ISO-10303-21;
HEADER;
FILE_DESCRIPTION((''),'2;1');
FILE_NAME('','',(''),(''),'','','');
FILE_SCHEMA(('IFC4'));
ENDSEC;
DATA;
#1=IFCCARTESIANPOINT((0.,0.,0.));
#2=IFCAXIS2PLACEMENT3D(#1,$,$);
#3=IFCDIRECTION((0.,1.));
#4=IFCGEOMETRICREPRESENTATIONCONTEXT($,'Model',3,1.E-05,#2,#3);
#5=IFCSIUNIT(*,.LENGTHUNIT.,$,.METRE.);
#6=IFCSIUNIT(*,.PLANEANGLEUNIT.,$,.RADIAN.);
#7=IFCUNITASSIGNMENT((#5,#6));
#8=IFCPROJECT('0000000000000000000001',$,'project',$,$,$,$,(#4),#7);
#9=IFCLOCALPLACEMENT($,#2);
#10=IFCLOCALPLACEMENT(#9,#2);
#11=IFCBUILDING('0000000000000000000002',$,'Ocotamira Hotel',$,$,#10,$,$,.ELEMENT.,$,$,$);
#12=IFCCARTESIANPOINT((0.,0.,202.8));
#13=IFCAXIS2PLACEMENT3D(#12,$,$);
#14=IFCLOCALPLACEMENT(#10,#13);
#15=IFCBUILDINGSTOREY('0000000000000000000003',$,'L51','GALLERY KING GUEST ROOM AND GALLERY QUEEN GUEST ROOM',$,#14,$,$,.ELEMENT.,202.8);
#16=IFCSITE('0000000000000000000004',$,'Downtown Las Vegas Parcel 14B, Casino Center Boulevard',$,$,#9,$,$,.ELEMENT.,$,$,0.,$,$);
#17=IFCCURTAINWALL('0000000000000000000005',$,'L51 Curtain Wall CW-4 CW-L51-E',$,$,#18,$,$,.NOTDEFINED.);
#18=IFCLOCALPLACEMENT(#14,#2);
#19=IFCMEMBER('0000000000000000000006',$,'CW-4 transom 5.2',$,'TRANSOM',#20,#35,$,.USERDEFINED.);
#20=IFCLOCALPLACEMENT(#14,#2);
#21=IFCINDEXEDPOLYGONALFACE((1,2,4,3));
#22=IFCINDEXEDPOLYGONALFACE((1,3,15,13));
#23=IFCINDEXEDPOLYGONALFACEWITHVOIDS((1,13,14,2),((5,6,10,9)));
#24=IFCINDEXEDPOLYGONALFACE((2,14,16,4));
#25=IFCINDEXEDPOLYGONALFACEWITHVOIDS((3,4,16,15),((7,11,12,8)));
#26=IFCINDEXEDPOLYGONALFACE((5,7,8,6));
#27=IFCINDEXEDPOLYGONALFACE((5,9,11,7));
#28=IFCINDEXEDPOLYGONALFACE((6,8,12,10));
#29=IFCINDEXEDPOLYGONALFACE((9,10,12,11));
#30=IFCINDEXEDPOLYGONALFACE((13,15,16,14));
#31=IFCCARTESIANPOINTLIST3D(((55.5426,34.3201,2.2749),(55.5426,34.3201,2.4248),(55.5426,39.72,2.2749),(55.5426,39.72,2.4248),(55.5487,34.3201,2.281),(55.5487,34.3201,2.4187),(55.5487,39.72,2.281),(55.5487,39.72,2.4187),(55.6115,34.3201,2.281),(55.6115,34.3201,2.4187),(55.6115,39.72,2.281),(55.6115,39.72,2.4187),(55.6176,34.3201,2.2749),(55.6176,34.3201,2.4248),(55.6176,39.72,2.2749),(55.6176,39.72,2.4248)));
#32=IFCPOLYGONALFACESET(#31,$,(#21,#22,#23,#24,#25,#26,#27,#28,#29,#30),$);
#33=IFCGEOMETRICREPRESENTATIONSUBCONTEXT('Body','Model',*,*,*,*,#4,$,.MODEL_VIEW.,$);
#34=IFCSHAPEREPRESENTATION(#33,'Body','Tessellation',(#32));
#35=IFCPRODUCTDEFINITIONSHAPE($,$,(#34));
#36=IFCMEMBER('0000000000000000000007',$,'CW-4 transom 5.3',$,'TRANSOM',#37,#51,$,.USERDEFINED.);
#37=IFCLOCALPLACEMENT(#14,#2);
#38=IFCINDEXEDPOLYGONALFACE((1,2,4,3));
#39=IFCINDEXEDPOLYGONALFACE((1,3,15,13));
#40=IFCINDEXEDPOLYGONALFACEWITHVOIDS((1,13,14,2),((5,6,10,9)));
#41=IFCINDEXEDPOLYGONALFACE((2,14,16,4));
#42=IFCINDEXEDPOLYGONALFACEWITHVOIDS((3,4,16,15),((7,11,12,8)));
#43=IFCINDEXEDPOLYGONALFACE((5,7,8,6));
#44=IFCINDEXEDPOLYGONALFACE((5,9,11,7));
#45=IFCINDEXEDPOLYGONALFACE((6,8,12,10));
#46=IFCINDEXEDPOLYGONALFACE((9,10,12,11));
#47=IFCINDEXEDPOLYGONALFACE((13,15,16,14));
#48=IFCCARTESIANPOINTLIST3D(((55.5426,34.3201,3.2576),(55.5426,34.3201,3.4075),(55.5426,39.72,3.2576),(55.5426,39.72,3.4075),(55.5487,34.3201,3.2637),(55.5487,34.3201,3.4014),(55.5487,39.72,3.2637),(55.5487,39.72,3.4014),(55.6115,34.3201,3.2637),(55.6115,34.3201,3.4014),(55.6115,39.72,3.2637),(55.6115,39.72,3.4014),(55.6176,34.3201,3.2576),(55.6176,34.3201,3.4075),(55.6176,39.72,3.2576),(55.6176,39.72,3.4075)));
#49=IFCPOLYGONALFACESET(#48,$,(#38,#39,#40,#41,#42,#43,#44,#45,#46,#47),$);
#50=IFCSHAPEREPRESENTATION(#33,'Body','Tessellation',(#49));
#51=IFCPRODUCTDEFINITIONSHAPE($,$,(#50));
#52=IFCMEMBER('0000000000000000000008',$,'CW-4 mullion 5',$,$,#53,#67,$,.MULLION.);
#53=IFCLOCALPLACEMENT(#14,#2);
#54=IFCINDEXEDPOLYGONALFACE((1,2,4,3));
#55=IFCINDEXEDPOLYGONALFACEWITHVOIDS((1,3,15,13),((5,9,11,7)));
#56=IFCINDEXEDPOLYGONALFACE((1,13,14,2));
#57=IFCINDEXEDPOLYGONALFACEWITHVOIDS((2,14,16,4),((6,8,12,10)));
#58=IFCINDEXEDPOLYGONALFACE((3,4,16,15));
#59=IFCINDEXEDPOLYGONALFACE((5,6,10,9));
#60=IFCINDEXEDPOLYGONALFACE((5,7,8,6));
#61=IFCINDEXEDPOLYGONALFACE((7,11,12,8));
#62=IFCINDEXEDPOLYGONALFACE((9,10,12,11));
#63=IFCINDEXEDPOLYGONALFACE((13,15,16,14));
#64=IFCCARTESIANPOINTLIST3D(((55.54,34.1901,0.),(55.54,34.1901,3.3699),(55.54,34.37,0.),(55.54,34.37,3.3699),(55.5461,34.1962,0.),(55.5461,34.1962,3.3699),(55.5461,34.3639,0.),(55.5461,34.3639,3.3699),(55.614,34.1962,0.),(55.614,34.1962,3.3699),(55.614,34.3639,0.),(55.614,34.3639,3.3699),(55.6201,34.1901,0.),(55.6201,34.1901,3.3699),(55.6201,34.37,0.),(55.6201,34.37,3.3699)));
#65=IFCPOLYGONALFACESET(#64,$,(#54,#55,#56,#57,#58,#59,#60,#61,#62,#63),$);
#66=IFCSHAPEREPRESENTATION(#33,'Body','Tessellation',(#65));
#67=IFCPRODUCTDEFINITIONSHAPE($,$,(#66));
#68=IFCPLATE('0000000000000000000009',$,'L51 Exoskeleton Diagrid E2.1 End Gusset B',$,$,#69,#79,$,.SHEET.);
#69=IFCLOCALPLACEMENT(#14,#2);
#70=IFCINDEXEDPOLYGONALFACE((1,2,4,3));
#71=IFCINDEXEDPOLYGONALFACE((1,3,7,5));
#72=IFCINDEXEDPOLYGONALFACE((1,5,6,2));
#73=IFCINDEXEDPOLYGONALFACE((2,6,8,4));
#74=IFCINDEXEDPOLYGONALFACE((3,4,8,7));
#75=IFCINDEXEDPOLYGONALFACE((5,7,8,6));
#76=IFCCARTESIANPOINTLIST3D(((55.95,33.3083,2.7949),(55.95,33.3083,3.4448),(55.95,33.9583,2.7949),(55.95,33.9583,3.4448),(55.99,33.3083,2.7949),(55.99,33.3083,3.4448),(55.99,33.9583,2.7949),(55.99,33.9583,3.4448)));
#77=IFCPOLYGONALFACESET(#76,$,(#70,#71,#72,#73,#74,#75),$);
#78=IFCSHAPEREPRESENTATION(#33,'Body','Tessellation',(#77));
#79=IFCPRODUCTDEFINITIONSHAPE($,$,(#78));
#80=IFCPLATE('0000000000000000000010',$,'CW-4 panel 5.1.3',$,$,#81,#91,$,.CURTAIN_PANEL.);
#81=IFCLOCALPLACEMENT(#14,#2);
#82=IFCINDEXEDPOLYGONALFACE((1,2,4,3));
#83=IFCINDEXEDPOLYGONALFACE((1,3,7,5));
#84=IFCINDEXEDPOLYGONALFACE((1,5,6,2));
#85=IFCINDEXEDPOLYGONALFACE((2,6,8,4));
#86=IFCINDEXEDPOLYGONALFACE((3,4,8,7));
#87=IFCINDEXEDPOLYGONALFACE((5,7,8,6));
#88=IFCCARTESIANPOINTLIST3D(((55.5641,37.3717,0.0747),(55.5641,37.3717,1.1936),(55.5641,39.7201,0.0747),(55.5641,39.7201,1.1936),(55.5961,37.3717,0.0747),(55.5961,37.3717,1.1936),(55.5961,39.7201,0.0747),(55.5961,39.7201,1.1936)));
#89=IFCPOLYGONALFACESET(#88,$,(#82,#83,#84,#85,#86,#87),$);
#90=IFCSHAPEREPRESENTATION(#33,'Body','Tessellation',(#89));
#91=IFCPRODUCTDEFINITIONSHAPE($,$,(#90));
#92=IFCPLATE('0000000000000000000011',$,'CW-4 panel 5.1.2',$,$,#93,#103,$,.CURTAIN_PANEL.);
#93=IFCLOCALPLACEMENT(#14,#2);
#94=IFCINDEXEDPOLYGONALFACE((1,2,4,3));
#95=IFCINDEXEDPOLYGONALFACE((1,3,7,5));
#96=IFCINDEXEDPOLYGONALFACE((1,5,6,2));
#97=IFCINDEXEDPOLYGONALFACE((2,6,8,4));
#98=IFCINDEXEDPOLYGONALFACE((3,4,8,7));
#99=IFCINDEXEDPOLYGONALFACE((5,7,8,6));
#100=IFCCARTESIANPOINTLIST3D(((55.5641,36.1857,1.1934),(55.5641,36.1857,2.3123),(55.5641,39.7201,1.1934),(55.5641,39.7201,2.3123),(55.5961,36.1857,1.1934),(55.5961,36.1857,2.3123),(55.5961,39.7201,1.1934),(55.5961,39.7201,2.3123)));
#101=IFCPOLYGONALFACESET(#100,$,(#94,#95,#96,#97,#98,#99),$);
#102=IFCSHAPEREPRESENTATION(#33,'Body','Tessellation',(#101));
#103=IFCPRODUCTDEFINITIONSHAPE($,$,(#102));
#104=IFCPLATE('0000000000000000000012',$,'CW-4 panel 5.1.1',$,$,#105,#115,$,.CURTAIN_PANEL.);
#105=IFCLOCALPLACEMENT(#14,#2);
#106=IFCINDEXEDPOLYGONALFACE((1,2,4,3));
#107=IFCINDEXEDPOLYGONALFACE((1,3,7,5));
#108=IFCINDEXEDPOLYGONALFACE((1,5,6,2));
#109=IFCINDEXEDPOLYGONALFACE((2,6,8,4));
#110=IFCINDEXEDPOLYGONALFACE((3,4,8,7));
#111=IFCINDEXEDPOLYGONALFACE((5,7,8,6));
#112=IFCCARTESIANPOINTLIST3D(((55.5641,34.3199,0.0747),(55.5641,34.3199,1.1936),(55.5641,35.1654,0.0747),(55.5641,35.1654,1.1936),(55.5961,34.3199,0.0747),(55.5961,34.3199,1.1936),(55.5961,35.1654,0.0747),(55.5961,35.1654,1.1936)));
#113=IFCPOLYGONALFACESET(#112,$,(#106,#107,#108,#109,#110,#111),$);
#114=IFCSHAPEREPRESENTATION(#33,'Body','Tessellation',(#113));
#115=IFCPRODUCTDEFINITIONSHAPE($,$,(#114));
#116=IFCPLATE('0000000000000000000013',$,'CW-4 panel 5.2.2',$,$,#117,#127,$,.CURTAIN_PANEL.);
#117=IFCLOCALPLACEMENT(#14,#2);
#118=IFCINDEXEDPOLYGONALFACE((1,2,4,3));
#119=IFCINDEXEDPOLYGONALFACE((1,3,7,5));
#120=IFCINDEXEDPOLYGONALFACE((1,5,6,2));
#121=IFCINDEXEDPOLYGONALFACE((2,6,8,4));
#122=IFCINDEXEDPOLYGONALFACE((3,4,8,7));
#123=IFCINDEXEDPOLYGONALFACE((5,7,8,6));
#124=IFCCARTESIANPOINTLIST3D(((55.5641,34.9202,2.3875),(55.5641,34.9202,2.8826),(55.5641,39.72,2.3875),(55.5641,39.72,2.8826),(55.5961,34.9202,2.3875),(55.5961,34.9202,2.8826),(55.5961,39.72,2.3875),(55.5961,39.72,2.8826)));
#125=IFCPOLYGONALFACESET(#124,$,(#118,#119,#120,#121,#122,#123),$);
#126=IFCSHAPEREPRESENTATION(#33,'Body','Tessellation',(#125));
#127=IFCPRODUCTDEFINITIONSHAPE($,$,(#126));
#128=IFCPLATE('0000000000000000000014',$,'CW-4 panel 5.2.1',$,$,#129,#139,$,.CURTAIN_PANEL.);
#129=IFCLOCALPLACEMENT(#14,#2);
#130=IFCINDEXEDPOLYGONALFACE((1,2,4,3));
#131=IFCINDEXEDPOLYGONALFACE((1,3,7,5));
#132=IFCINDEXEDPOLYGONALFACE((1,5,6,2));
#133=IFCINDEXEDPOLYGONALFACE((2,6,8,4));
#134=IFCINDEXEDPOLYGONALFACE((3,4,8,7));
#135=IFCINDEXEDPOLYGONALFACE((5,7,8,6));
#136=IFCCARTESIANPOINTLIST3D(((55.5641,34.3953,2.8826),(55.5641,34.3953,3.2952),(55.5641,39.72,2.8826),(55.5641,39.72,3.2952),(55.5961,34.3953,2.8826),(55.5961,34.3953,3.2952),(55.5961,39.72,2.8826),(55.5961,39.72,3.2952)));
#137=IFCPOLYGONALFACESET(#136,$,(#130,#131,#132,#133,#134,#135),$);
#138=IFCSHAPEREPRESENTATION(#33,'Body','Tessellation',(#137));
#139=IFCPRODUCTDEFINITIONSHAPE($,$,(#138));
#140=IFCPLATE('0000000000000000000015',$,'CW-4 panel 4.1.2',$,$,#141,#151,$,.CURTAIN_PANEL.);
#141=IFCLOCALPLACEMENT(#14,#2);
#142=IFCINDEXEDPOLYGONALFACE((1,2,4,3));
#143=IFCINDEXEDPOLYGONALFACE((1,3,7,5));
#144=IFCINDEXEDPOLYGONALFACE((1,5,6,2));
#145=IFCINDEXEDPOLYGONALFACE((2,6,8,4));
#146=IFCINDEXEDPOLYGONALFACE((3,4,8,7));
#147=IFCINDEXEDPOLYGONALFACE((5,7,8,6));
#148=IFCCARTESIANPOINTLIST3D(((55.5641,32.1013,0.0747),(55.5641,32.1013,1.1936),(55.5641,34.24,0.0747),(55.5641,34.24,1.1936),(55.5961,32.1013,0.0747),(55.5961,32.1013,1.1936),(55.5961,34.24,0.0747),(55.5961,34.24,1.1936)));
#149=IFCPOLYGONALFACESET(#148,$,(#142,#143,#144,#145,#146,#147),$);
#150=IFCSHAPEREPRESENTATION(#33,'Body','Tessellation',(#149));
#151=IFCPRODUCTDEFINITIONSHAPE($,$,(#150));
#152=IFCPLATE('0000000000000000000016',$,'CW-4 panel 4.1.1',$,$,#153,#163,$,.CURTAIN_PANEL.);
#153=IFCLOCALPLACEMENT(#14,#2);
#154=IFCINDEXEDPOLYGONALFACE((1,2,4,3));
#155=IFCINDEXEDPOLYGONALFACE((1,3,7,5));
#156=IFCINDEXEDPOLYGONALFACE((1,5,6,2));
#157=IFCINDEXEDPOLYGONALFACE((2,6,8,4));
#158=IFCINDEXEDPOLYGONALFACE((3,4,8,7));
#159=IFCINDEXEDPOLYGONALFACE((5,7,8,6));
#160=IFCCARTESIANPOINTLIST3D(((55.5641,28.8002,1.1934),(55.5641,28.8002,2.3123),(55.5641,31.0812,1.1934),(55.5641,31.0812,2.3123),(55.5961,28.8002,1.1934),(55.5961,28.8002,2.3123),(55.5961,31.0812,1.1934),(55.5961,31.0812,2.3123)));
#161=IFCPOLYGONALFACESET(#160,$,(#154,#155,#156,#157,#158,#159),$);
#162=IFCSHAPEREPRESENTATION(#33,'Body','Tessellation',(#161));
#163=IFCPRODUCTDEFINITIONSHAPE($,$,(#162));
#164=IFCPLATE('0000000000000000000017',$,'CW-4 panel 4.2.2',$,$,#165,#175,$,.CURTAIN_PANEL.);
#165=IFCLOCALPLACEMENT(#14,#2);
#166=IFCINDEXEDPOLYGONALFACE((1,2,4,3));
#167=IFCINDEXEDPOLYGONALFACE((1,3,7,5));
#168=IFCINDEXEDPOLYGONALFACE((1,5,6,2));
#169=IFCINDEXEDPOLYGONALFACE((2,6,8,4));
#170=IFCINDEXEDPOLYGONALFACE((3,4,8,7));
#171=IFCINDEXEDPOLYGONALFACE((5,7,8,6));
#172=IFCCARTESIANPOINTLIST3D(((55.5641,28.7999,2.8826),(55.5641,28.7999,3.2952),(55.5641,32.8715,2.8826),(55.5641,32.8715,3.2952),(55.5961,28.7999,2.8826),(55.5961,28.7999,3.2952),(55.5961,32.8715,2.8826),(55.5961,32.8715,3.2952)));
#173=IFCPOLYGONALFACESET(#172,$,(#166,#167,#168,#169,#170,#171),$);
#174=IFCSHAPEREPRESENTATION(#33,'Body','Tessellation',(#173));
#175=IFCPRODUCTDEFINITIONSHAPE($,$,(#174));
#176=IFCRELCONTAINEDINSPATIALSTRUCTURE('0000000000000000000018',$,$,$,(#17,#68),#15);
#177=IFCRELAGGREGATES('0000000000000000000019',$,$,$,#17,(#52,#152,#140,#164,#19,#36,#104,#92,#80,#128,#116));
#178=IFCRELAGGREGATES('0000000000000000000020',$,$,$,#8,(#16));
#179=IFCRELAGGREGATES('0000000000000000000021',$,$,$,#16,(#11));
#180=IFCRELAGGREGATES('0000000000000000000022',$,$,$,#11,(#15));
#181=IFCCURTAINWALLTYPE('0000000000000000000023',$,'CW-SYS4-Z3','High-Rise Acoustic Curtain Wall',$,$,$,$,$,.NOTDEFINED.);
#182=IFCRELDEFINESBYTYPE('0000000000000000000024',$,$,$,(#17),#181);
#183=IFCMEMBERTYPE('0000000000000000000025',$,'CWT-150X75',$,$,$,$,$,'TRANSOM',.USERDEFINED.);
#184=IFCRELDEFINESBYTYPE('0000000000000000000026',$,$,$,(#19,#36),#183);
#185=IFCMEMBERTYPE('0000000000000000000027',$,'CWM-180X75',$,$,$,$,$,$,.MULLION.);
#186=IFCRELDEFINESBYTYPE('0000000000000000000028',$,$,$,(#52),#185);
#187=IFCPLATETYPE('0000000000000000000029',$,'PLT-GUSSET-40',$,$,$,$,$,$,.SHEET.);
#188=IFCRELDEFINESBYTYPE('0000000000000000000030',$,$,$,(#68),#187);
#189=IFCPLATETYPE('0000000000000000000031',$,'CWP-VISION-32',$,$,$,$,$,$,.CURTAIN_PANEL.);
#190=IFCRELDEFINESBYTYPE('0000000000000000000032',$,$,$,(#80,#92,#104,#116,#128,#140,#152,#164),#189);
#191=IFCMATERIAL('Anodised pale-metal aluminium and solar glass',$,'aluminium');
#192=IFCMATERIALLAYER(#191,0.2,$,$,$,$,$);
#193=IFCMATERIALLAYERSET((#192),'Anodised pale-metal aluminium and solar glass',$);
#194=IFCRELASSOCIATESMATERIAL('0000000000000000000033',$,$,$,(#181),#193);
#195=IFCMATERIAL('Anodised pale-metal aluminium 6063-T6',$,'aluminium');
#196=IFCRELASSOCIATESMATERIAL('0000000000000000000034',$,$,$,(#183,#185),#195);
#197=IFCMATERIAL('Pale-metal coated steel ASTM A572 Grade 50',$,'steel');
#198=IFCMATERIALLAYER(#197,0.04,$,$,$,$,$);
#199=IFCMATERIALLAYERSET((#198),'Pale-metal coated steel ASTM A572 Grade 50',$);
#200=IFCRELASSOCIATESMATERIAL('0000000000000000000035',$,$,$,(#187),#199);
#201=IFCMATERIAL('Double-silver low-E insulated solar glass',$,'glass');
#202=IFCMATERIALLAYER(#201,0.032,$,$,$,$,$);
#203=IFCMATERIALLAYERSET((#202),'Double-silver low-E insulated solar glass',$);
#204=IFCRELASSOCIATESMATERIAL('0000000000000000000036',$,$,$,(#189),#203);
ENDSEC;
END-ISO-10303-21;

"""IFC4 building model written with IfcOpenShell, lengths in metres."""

from ifc_helpers import new_model, si_unit, direction, frame, origin, origin_2d, place, context, subcontext, project, spatial, rectangle, hollow_rectangle, extrude, source, transform, mapped, material, layer, layer_set, material_profile, profile_set, type_object, element, aggregate, save


model = new_model("IFC4")

# Units and contexts
model_context = context("Model", 3, precision=1e-05, world=origin(), true_north=direction((0.0, 1.0)))
body_context = subcontext(model_context, "Body", "Model", "MODEL_VIEW")
ifc_project = project(units=[si_unit("LENGTHUNIT", "METRE"), si_unit("PLANEANGLEUNIT", "RADIAN")], contexts=[model_context])

# Site, building, storey
site_placement = place(None, origin())
site = spatial("IfcSite", under=ifc_project, at=site_placement, Name="Downtown Las Vegas Parcel 14B, Casino Center Boulevard", CompositionType="ELEMENT", RefElevation=0.0)
building_placement = place(site_placement, origin())
building = spatial("IfcBuilding", under=site, at=building_placement, Name="Ocotamira Hotel", CompositionType="ELEMENT")
storey_placement = place(building_placement, frame((0.0, 0.0, 202.8)))
storey = spatial("IfcBuildingStorey", under=building, at=storey_placement, Name="L51", Description="GALLERY KING GUEST ROOM AND GALLERY QUEEN GUEST ROOM", CompositionType="ELEMENT", Elevation=202.8)

# Curtain wall, members
ifc_material_1 = material(Name="Anodised pale-metal aluminium and solar glass", Category="aluminium")
ifc_layer_1 = layer(ifc_material_1, 0.2)
ifc_layer_set_1 = layer_set([ifc_layer_1], Name="Anodised pale-metal aluminium and solar glass")
curtain_wall_type = type_object("IfcCurtainWallType", Name="CW-SYS4-Z3", Description="High-Rise Acoustic Curtain Wall", PredefinedType="NOTDEFINED", material=ifc_layer_set_1)
curtain_wall_placement = place(storey_placement, origin())
curtain_wall = element("IfcCurtainWall", 1, at=curtain_wall_placement, inside=storey, type_object=curtain_wall_type, Name="L51 Curtain Wall CW-4 CW-L51-E", PredefinedType="NOTDEFINED")
ifc_material_2 = material(Name="Anodised pale-metal aluminium 6063-T6", Category="aluminium")
ifc_material_profile_1 = material_profile(ifc_material_2, hollow_rectangle(XDim=0.075, YDim=0.1499, WallThickness=0.0061, at=origin_2d()), Name="HSS150X75X6")
ifc_profile_set_1 = profile_set([ifc_material_profile_1], Name="Anodised pale-metal aluminium 6063-T6")
member_type_1 = type_object("IfcMemberType", Name="CWT-150X75", ElementType="TRANSOM", PredefinedType="USERDEFINED", material=ifc_profile_set_1)
shared_shape_1 = source(origin(), body_context, "Body", "SweptSolid", [
    extrude(hollow_rectangle(XDim=0.075, YDim=0.1499, WallThickness=0.0061, at=origin_2d()), origin(), (0.0, 0.0, 1.0), 5.3999),
])
member_1_placement = place(storey_placement, frame((55.5801, 34.3201, 2.3499), z_axis=(0.0, 1.0, 0.0), x_axis=(-1.0, 0.0, 0.0)))
member_1 = element("IfcMember", 2, at=member_1_placement, type_object=member_type_1, Name="CW-4 transom 5.2", ObjectType="TRANSOM", PredefinedType="USERDEFINED", context=body_context, shape_type="MappedRepresentation", body=[
    mapped(shared_shape_1, transform((0.0, 0.0, 0.0), scale=1.0)),
])
member_2_placement = place(storey_placement, frame((55.5801, 34.3201, 3.3325), z_axis=(0.0, 1.0, 0.0), x_axis=(-1.0, 0.0, 0.0)))
member_2 = element("IfcMember", 3, at=member_2_placement, type_object=member_type_1, Name="CW-4 transom 5.3", ObjectType="TRANSOM", PredefinedType="USERDEFINED", context=body_context, shape_type="MappedRepresentation", body=[
    mapped(shared_shape_1, transform((0.0, 0.0, 0.0), scale=1.0)),
])
ifc_material_profile_2 = material_profile(ifc_material_2, hollow_rectangle(XDim=0.0801, YDim=0.1799, WallThickness=0.0061, at=origin_2d()), Name="HSS180X80X6")
ifc_profile_set_2 = profile_set([ifc_material_profile_2], Name="Anodised pale-metal aluminium 6063-T6")
member_type_2 = type_object("IfcMemberType", Name="CWM-180X75", PredefinedType="MULLION", material=ifc_profile_set_2)
shared_shape_2 = source(origin(), body_context, "Body", "SweptSolid", [
    extrude(hollow_rectangle(XDim=0.0801, YDim=0.1799, WallThickness=0.0061, at=origin_2d()), origin(), (0.0, 0.0, 1.0), 3.3699),
])
member_3_placement = place(storey_placement, frame((55.5801, 34.28, 0.0), z_axis=(0.0, 0.0, 1.0), x_axis=(-1.0, 0.0, 0.0)))
member_3 = element("IfcMember", 4, at=member_3_placement, type_object=member_type_2, Name="CW-4 mullion 5", PredefinedType="MULLION", context=body_context, shape_type="MappedRepresentation", body=[
    mapped(shared_shape_2, transform((0.0, 0.0, 0.0), scale=1.0)),
])

# Plates
ifc_material_3 = material(Name="Pale-metal coated steel ASTM A572 Grade 50", Category="steel")
ifc_layer_2 = layer(ifc_material_3, 0.04)
ifc_layer_set_2 = layer_set([ifc_layer_2], Name="Pale-metal coated steel ASTM A572 Grade 50")
plate_type_1 = type_object("IfcPlateType", Name="PLT-GUSSET-40", PredefinedType="SHEET", material=ifc_layer_set_2)
shared_shape_3 = source(origin(), body_context, "Body", "SweptSolid", [
    extrude(rectangle(XDim=0.04, YDim=0.6499, at=origin_2d()), origin(), (0.0, 0.0, 1.0), 0.6499),
])
plate_1_placement = place(storey_placement, frame((55.97, 33.6333, 2.7949), z_axis=(0.0, 0.0, 1.0), x_axis=(1.0, 0.0, 0.0)))
element("IfcPlate", 5, at=plate_1_placement, inside=storey, type_object=plate_type_1, Name="L51 Exoskeleton Diagrid E2.1 End Gusset B", PredefinedType="SHEET", context=body_context, shape_type="MappedRepresentation", body=[
    mapped(shared_shape_3, transform((0.0, 0.0, 0.0), scale=1.0)),
])
ifc_material_4 = material(Name="Double-silver low-E insulated solar glass", Category="glass")
ifc_layer_3 = layer(ifc_material_4, 0.032)
ifc_layer_set_3 = layer_set([ifc_layer_3], Name="Double-silver low-E insulated solar glass")
plate_type_2 = type_object("IfcPlateType", Name="CWP-VISION-32", PredefinedType="CURTAIN_PANEL", material=ifc_layer_set_3)
shared_shape_4 = source(origin(), body_context, "Body", "SweptSolid", [
    extrude(rectangle(XDim=2.3484, YDim=0.032, at=origin_2d()), origin(), (0.0, 0.0, 1.0), 1.1189),
])
plate_2_placement = place(storey_placement, frame((55.5801, 38.5459, 0.0747), z_axis=(0.0, 0.0, 1.0), x_axis=(0.0, 1.0, 0.0)))
plate_2 = element("IfcPlate", 6, at=plate_2_placement, type_object=plate_type_2, Name="CW-4 panel 5.1.3", PredefinedType="CURTAIN_PANEL", context=body_context, shape_type="MappedRepresentation", body=[
    mapped(shared_shape_4, transform((0.0, 0.0, 0.0), scale=1.0)),
])
shared_shape_5 = source(origin(), body_context, "Body", "SweptSolid", [
    extrude(rectangle(XDim=3.5344, YDim=0.032, at=origin_2d()), origin(), (0.0, 0.0, 1.0), 1.1189),
])
plate_3_placement = place(storey_placement, frame((55.5801, 37.9529, 1.1934), z_axis=(0.0, 0.0, 1.0), x_axis=(0.0, 1.0, 0.0)))
plate_3 = element("IfcPlate", 7, at=plate_3_placement, type_object=plate_type_2, Name="CW-4 panel 5.1.2", PredefinedType="CURTAIN_PANEL", context=body_context, shape_type="MappedRepresentation", body=[
    mapped(shared_shape_5, transform((0.0, 0.0, 0.0), scale=1.0)),
])
shared_shape_6 = source(origin(), body_context, "Body", "SweptSolid", [
    extrude(rectangle(XDim=0.8455, YDim=0.032, at=origin_2d()), origin(), (0.0, 0.0, 1.0), 1.1189),
])
plate_4_placement = place(storey_placement, frame((55.5801, 34.7427, 0.0747), z_axis=(0.0, 0.0, 1.0), x_axis=(0.0, 1.0, 0.0)))
plate_4 = element("IfcPlate", 8, at=plate_4_placement, type_object=plate_type_2, Name="CW-4 panel 5.1.1", PredefinedType="CURTAIN_PANEL", context=body_context, shape_type="MappedRepresentation", body=[
    mapped(shared_shape_6, transform((0.0, 0.0, 0.0), scale=1.0)),
])
shared_shape_7 = source(origin(), body_context, "Body", "SweptSolid", [
    extrude(rectangle(XDim=4.7998, YDim=0.032, at=origin_2d()), origin(), (0.0, 0.0, 1.0), 0.4951),
])
plate_5_placement = place(storey_placement, frame((55.5801, 37.3201, 2.3875), z_axis=(0.0, 0.0, 1.0), x_axis=(0.0, 1.0, 0.0)))
plate_5 = element("IfcPlate", 9, at=plate_5_placement, type_object=plate_type_2, Name="CW-4 panel 5.2.2", PredefinedType="CURTAIN_PANEL", context=body_context, shape_type="MappedRepresentation", body=[
    mapped(shared_shape_7, transform((0.0, 0.0, 0.0), scale=1.0)),
])
shared_shape_8 = source(origin(), body_context, "Body", "SweptSolid", [
    extrude(rectangle(XDim=5.3247, YDim=0.032, at=origin_2d()), origin(), (0.0, 0.0, 1.0), 0.4126),
])
plate_6_placement = place(storey_placement, frame((55.5801, 37.0576, 2.8826), z_axis=(0.0, 0.0, 1.0), x_axis=(0.0, 1.0, 0.0)))
plate_6 = element("IfcPlate", 10, at=plate_6_placement, type_object=plate_type_2, Name="CW-4 panel 5.2.1", PredefinedType="CURTAIN_PANEL", context=body_context, shape_type="MappedRepresentation", body=[
    mapped(shared_shape_8, transform((0.0, 0.0, 0.0), scale=1.0)),
])
shared_shape_9 = source(origin(), body_context, "Body", "SweptSolid", [
    extrude(rectangle(XDim=2.1387, YDim=0.032, at=origin_2d()), origin(), (0.0, 0.0, 1.0), 1.1189),
])
plate_7_placement = place(storey_placement, frame((55.5801, 33.1707, 0.0747), z_axis=(0.0, 0.0, 1.0), x_axis=(0.0, 1.0, 0.0)))
plate_7 = element("IfcPlate", 11, at=plate_7_placement, type_object=plate_type_2, Name="CW-4 panel 4.1.2", PredefinedType="CURTAIN_PANEL", context=body_context, shape_type="MappedRepresentation", body=[
    mapped(shared_shape_9, transform((0.0, 0.0, 0.0), scale=1.0)),
])
shared_shape_10 = source(origin(), body_context, "Body", "SweptSolid", [
    extrude(rectangle(XDim=2.281, YDim=0.032, at=origin_2d()), origin(), (0.0, 0.0, 1.0), 1.1189),
])
plate_8_placement = place(storey_placement, frame((55.5801, 29.9407, 1.1934), z_axis=(0.0, 0.0, 1.0), x_axis=(0.0, 1.0, 0.0)))
plate_8 = element("IfcPlate", 12, at=plate_8_placement, type_object=plate_type_2, Name="CW-4 panel 4.1.1", PredefinedType="CURTAIN_PANEL", context=body_context, shape_type="MappedRepresentation", body=[
    mapped(shared_shape_10, transform((0.0, 0.0, 0.0), scale=1.0)),
])
shared_shape_11 = source(origin(), body_context, "Body", "SweptSolid", [
    extrude(rectangle(XDim=4.0715, YDim=0.032, at=origin_2d()), origin(), (0.0, 0.0, 1.0), 0.4126),
])
plate_9_placement = place(storey_placement, frame((55.5801, 30.8357, 2.8826), z_axis=(0.0, 0.0, 1.0), x_axis=(0.0, 1.0, 0.0)))
plate_9 = element("IfcPlate", 13, at=plate_9_placement, type_object=plate_type_2, Name="CW-4 panel 4.2.2", PredefinedType="CURTAIN_PANEL", context=body_context, shape_type="MappedRepresentation", body=[
    mapped(shared_shape_11, transform((0.0, 0.0, 0.0), scale=1.0)),
])
aggregate(curtain_wall, [member_3, plate_8, plate_7, plate_9, member_1, member_2, plate_4, plate_3, plate_2, plate_6, plate_5])

save(model, "model.ifc")
